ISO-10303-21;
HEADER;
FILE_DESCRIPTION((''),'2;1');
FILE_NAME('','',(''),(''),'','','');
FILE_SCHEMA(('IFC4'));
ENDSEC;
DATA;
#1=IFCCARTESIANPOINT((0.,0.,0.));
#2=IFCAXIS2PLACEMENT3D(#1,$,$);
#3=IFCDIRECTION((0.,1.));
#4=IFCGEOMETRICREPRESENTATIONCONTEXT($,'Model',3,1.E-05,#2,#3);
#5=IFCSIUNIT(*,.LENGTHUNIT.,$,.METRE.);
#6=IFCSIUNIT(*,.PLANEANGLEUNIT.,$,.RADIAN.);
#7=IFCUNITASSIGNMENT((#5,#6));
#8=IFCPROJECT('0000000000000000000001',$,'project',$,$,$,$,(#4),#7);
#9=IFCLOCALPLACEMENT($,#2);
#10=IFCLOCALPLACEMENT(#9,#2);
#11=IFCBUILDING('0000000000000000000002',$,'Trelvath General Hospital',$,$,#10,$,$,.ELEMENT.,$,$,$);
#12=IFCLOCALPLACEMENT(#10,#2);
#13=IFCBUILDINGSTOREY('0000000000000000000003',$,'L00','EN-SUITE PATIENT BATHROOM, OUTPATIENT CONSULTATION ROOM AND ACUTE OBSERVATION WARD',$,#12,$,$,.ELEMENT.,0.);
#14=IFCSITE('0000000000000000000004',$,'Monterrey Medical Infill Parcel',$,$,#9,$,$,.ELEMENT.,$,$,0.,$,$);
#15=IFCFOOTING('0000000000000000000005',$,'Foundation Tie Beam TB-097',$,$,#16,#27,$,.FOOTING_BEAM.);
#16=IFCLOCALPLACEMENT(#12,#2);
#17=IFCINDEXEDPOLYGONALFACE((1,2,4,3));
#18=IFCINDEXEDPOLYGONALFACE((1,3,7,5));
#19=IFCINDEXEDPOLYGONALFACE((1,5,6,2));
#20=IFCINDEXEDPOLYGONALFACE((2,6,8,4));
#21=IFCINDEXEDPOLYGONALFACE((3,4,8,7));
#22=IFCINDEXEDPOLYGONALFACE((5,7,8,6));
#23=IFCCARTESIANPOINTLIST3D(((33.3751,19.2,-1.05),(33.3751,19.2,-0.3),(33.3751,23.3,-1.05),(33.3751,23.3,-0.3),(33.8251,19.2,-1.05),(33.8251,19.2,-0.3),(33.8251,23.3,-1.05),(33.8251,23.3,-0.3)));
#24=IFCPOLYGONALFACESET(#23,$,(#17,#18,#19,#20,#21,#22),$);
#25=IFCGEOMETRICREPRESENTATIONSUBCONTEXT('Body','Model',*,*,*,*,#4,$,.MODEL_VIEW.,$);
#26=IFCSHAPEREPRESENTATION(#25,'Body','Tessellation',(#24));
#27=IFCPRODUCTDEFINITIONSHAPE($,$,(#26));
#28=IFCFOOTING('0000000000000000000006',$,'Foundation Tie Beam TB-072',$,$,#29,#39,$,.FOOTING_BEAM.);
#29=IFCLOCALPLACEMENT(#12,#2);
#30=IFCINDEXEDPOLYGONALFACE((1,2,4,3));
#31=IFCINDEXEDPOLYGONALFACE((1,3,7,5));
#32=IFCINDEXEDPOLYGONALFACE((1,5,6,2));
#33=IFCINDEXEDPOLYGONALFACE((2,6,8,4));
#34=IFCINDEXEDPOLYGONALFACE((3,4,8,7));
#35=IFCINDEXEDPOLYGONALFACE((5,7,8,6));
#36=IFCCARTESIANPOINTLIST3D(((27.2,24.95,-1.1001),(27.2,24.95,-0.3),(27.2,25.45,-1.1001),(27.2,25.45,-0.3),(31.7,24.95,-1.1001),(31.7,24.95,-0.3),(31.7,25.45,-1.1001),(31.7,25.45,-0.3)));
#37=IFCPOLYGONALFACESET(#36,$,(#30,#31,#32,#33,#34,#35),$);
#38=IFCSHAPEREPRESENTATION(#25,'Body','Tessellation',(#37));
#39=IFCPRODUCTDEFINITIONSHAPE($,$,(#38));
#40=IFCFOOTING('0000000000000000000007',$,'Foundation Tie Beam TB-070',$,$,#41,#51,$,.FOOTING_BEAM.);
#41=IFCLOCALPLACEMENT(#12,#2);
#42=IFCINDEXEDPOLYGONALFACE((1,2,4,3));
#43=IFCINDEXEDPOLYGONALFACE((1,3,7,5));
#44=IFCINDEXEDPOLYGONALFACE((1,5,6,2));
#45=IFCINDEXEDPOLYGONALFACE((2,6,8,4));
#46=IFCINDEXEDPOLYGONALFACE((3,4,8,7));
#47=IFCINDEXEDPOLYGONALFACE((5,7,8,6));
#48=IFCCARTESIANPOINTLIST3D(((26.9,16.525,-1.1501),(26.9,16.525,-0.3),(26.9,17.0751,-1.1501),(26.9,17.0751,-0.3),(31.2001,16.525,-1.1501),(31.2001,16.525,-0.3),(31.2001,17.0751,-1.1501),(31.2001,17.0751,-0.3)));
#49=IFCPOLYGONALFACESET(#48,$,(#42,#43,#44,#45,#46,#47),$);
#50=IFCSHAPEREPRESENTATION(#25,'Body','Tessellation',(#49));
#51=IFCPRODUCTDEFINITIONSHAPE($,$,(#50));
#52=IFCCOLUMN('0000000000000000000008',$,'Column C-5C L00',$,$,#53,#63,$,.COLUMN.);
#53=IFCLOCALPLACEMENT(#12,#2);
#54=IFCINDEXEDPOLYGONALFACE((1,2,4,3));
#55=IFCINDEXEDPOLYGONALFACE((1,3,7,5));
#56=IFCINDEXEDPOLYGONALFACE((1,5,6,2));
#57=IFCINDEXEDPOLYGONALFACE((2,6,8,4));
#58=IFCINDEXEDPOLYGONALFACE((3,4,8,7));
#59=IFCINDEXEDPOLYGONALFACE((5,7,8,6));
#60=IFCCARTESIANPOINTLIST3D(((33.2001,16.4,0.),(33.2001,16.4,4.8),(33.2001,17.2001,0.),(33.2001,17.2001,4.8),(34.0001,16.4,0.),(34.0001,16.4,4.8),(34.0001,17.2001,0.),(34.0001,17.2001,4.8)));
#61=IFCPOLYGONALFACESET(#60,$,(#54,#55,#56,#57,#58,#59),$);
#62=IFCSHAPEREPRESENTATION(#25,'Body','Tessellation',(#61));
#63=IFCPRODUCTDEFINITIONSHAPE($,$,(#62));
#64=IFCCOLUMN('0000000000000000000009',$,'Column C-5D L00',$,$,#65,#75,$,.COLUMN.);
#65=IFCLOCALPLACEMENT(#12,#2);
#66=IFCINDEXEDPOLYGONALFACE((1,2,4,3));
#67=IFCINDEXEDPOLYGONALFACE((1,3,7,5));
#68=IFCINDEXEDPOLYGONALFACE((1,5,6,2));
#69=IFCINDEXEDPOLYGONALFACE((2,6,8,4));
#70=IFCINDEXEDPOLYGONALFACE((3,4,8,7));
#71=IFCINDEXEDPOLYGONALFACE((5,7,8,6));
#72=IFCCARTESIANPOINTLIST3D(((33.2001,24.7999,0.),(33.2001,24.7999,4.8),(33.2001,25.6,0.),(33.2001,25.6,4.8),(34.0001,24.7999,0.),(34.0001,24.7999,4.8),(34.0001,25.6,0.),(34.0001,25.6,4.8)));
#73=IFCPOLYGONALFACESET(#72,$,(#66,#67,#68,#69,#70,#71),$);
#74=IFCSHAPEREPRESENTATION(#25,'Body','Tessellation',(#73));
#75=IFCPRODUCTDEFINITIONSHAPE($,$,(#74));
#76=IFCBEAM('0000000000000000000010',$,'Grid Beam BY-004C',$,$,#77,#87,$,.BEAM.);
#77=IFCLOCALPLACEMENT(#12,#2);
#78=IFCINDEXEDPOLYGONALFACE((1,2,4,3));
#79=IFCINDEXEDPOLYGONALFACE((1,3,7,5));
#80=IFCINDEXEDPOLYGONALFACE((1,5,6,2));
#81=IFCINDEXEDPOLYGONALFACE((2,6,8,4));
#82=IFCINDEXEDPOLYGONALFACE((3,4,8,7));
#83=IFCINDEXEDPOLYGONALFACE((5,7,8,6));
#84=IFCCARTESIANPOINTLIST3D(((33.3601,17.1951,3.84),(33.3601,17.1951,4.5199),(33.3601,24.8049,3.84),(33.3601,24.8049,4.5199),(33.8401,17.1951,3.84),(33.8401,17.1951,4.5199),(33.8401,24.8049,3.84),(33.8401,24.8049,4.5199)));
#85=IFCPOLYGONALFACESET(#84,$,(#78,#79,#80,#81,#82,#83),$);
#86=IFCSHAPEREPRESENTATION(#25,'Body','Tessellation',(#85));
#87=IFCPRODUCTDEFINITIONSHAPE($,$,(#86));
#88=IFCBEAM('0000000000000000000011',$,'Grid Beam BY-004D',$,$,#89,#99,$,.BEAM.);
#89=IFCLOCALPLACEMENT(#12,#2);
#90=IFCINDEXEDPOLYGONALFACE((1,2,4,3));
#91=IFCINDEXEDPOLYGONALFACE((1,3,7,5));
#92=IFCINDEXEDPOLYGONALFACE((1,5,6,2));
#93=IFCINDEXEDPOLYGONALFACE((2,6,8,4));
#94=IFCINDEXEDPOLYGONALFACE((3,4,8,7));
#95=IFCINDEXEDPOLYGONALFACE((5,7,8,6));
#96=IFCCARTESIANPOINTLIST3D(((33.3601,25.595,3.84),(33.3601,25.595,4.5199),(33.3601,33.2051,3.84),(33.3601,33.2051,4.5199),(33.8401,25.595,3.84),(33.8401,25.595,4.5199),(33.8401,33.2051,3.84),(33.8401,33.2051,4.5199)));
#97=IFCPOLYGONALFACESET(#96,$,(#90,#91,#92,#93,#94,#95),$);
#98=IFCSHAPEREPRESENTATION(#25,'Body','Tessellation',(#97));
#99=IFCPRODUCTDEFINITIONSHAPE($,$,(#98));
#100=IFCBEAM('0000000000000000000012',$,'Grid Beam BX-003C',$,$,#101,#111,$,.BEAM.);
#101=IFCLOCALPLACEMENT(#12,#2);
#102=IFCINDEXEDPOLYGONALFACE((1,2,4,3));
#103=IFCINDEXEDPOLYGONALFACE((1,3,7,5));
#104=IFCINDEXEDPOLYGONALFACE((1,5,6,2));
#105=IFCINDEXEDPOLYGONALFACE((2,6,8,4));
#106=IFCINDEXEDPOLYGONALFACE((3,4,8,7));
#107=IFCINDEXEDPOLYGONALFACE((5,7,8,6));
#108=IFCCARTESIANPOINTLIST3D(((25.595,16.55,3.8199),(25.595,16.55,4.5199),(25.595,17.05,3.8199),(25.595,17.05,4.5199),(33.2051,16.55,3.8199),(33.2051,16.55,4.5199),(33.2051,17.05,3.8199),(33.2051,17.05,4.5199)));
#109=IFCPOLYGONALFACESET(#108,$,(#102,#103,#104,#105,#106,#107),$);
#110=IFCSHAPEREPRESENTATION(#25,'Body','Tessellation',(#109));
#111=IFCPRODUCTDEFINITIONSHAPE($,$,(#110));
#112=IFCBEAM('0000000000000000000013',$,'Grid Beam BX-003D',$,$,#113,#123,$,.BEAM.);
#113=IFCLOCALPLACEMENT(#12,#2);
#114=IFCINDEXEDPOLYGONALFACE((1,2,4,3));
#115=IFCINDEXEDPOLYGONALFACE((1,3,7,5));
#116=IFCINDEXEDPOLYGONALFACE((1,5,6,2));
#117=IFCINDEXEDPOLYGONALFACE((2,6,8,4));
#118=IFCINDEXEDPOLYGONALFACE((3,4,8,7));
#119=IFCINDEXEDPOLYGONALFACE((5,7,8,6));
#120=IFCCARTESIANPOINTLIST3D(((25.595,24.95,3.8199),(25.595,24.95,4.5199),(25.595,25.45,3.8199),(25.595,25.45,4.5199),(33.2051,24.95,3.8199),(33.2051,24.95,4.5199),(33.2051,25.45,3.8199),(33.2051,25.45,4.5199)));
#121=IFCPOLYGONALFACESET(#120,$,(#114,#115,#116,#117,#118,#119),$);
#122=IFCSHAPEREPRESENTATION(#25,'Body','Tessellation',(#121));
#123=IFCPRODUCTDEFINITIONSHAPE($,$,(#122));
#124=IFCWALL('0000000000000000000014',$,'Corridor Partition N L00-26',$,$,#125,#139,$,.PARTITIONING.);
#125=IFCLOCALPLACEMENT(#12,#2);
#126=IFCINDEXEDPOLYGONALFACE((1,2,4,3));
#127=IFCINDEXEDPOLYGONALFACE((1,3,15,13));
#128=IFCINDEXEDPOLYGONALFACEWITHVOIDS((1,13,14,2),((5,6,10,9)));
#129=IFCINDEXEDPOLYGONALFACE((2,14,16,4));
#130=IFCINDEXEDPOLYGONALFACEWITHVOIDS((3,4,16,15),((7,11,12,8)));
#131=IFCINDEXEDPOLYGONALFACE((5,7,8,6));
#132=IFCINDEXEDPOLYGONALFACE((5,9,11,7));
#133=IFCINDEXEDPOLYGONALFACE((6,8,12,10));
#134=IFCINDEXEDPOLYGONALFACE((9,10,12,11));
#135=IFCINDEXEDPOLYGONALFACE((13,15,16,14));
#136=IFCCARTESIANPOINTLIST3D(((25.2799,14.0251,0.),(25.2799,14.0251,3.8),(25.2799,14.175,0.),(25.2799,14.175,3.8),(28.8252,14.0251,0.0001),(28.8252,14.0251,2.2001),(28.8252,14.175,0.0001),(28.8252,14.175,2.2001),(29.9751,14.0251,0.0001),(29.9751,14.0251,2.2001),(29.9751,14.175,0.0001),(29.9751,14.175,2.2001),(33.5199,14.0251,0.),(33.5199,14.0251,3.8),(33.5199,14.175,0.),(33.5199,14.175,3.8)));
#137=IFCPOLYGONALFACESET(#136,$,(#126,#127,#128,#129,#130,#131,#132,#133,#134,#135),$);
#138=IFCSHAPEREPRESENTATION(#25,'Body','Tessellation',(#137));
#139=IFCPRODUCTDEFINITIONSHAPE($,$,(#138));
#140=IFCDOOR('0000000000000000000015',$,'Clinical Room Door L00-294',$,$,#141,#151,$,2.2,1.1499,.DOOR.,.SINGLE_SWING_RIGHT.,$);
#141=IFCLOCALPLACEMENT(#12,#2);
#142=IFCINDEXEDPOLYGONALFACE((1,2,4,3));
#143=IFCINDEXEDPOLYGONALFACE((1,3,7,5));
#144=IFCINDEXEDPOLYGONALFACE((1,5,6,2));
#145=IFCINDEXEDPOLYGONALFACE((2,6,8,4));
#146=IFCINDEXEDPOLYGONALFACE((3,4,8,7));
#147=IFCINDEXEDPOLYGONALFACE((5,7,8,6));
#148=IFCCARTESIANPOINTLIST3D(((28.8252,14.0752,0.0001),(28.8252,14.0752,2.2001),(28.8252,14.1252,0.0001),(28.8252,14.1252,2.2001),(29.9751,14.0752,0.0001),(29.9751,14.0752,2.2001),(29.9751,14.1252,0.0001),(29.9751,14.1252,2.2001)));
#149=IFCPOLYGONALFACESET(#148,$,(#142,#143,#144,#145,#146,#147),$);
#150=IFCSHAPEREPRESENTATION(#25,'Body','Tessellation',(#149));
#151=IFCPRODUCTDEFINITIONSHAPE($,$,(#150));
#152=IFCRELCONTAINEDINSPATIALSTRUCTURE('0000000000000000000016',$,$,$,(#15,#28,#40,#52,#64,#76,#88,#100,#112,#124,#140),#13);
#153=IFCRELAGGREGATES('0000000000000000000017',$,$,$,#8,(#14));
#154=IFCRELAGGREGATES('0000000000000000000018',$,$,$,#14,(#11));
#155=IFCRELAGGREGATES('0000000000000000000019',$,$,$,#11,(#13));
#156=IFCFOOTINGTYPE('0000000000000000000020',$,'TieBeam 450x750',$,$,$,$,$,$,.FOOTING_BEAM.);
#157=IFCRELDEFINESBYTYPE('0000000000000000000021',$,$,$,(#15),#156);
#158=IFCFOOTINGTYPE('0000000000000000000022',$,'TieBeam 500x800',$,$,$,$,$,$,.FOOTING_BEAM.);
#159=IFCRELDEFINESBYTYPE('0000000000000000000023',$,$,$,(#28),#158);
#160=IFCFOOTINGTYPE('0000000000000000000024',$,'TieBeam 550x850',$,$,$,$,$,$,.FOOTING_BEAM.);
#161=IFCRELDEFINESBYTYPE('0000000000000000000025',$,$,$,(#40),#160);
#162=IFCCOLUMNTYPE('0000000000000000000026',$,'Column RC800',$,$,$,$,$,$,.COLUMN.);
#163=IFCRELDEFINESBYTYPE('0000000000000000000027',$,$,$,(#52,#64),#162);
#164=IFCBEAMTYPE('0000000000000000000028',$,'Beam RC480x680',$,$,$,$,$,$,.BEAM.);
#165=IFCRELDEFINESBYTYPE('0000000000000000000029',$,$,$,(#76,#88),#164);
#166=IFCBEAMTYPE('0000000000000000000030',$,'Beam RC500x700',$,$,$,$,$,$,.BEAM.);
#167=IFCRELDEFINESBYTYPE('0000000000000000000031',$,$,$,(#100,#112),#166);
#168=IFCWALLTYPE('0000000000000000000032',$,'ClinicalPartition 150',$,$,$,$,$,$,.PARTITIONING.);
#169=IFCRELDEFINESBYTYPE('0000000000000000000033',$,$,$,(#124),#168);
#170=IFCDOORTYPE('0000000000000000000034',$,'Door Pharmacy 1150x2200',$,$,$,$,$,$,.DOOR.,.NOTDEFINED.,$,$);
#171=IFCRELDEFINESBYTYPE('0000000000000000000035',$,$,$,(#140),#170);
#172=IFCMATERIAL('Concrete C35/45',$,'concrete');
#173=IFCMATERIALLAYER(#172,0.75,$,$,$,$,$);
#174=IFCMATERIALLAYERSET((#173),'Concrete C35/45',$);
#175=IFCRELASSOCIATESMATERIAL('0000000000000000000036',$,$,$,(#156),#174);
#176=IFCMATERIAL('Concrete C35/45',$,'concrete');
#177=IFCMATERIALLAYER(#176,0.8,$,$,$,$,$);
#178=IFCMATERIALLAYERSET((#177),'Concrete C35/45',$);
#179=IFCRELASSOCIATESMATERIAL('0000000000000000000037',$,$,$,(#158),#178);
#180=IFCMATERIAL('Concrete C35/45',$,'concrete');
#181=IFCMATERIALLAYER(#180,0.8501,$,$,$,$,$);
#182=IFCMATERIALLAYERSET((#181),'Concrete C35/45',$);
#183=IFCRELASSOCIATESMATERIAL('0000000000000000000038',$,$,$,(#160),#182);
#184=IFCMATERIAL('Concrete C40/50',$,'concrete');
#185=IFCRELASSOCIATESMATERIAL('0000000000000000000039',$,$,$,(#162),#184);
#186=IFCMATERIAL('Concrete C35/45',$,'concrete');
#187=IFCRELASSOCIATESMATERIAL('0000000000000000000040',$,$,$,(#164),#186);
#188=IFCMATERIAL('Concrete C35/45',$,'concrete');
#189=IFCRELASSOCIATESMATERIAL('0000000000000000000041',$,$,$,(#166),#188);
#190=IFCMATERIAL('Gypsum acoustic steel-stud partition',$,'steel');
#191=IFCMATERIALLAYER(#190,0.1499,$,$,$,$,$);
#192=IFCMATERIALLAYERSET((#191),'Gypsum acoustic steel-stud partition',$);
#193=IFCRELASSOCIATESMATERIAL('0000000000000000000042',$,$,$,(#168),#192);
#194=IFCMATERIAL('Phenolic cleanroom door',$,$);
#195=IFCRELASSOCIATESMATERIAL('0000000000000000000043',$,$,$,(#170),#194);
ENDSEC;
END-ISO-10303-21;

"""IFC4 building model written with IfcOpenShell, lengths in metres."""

from ifc_helpers import new_model, si_unit, direction, frame, frame_2d, origin, origin_2d, place, context, subcontext, project, spatial, rectangle, extrude, material, layer, layer_set, material_profile, profile_set, type_object, element, fill, save


model = new_model("IFC4")

# Units and contexts
model_context = context("Model", 3, precision=1e-05, world=origin(), true_north=direction((0.0, 1.0)))
body_context = subcontext(model_context, "Body", "Model", "MODEL_VIEW")
ifc_project = project(units=[si_unit("LENGTHUNIT", "METRE"), si_unit("PLANEANGLEUNIT", "RADIAN")], contexts=[model_context])

# Site, building, storey
site_placement = place(None, origin())
site = spatial("IfcSite", under=ifc_project, at=site_placement, Name="Monterrey Medical Infill Parcel", CompositionType="ELEMENT", RefElevation=0.0)
building_placement = place(site_placement, origin())
building = spatial("IfcBuilding", under=site, at=building_placement, Name="Trelvath General Hospital", CompositionType="ELEMENT")
storey_placement = place(building_placement, origin())
storey = spatial("IfcBuildingStorey", under=building, at=storey_placement, Name="L00", Description="EN-SUITE PATIENT BATHROOM, OUTPATIENT CONSULTATION ROOM AND ACUTE OBSERVATION WARD", CompositionType="ELEMENT", Elevation=0.0)

# Footings
ifc_material_1 = material(Name="Concrete C35/45", Category="concrete")
ifc_layer_1 = layer(ifc_material_1, 0.75)
ifc_layer_set_1 = layer_set([ifc_layer_1], Name="Concrete C35/45")
footing_type_1 = type_object("IfcFootingType", Name="TieBeam 450x750", PredefinedType="FOOTING_BEAM", material=ifc_layer_set_1)
footing_1_placement = place(storey_placement, frame((33.6001, 21.25, -1.05), z_axis=(0.0, 0.0, 1.0), x_axis=(1.0, 0.0, 0.0)))
element("IfcFooting", 1, at=footing_1_placement, inside=storey, type_object=footing_type_1, Name="Foundation Tie Beam TB-097", PredefinedType="FOOTING_BEAM", context=body_context, shape_type="SweptSolid", body=[
    extrude(rectangle(XDim=0.45, YDim=4.1001, at=origin_2d()), origin(), (0.0, 0.0, 1.0), 0.75),
])
ifc_material_2 = material(Name="Concrete C35/45", Category="concrete")
ifc_layer_2 = layer(ifc_material_2, 0.8)
ifc_layer_set_2 = layer_set([ifc_layer_2], Name="Concrete C35/45")
footing_type_2 = type_object("IfcFootingType", Name="TieBeam 500x800", PredefinedType="FOOTING_BEAM", material=ifc_layer_set_2)
footing_2_placement = place(storey_placement, frame((29.45, 25.2, -1.1001), z_axis=(0.0, 0.0, 1.0), x_axis=(1.0, 0.0, 0.0)))
element("IfcFooting", 2, at=footing_2_placement, inside=storey, type_object=footing_type_2, Name="Foundation Tie Beam TB-072", PredefinedType="FOOTING_BEAM", context=body_context, shape_type="SweptSolid", body=[
    extrude(rectangle(XDim=4.5, YDim=0.5, at=origin_2d()), origin(), (0.0, 0.0, 1.0), 0.8),
])
ifc_material_3 = material(Name="Concrete C35/45", Category="concrete")
ifc_layer_3 = layer(ifc_material_3, 0.8501)
ifc_layer_set_3 = layer_set([ifc_layer_3], Name="Concrete C35/45")
footing_type_3 = type_object("IfcFootingType", Name="TieBeam 550x850", PredefinedType="FOOTING_BEAM", material=ifc_layer_set_3)
footing_3_placement = place(storey_placement, frame((29.05, 16.8, -1.1501), z_axis=(0.0, 0.0, 1.0), x_axis=(1.0, 0.0, 0.0)))
element("IfcFooting", 3, at=footing_3_placement, inside=storey, type_object=footing_type_3, Name="Foundation Tie Beam TB-070", PredefinedType="FOOTING_BEAM", context=body_context, shape_type="SweptSolid", body=[
    extrude(rectangle(XDim=4.3, YDim=0.55, at=origin_2d()), origin(), (0.0, 0.0, 1.0), 0.8501),
])

# Columns
ifc_material_4 = material(Name="Concrete C40/50", Category="concrete")
ifc_material_profile_1 = material_profile(ifc_material_4, rectangle(XDim=0.8, YDim=0.8, at=origin_2d()), Name="RC800x800")
ifc_profile_set_1 = profile_set([ifc_material_profile_1], Name="Concrete C40/50")
column_type = type_object("IfcColumnType", Name="Column RC800", PredefinedType="COLUMN", material=ifc_profile_set_1)
for number, where, z_axis, x_axis, name in (
    (4, (33.6001, 16.8, 0.0), (0.0, 0.0, 1.0), (1.0, 0.0, 0.0), "Column C-5C L00"),
    (5, (33.6001, 25.2, 0.0), (0.0, 0.0, 1.0), (1.0, 0.0, 0.0), "Column C-5D L00"),
):
    element("IfcColumn", number, at=place(storey_placement, frame(where, z_axis=z_axis, x_axis=x_axis)), inside=storey, type_object=column_type, Name=name, PredefinedType="COLUMN", context=body_context, shape_type="SweptSolid", body=[
        extrude(rectangle(XDim=0.8, YDim=0.8, at=origin_2d()), origin(), (0.0, 0.0, 1.0), 4.8),
    ])

# Beams
ifc_material_5 = material(Name="Concrete C35/45", Category="concrete")
ifc_material_profile_2 = material_profile(ifc_material_5, rectangle(XDim=0.48, YDim=0.6799, at=origin_2d()), Name="RCB480x680")
ifc_profile_set_2 = profile_set([ifc_material_profile_2], Name="Concrete C35/45")
beam_type_1 = type_object("IfcBeamType", Name="Beam RC480x680", PredefinedType="BEAM", material=ifc_profile_set_2)
beam_1_placement = place(storey_placement, frame((33.6001, 17.1951, 4.1799), z_axis=(0.0, 1.0, 0.0), x_axis=(-1.0, 0.0, 0.0)))
element("IfcBeam", 6, at=beam_1_placement, inside=storey, type_object=beam_type_1, Name="Grid Beam BY-004C", PredefinedType="BEAM", context=body_context, shape_type="SweptSolid", body=[
    extrude(rectangle(XDim=0.48, YDim=0.6799, at=origin_2d()), origin(), (0.0, 0.0, 1.0), 7.6099),
])
beam_2_placement = place(storey_placement, frame((33.6001, 25.595, 4.1799), z_axis=(0.0, 1.0, 0.0), x_axis=(-1.0, 0.0, 0.0)))
element("IfcBeam", 7, at=beam_2_placement, inside=storey, type_object=beam_type_1, Name="Grid Beam BY-004D", PredefinedType="BEAM", context=body_context, shape_type="SweptSolid", body=[
    extrude(rectangle(XDim=0.48, YDim=0.6799, at=origin_2d()), origin(), (0.0, 0.0, 1.0), 7.6101),
])
ifc_material_6 = material(Name="Concrete C35/45", Category="concrete")
ifc_material_profile_3 = material_profile(ifc_material_6, rectangle(XDim=0.5, YDim=0.7, at=origin_2d()), Name="RCB500x700")
ifc_profile_set_3 = profile_set([ifc_material_profile_3], Name="Concrete C35/45")
beam_type_2 = type_object("IfcBeamType", Name="Beam RC500x700", PredefinedType="BEAM", material=ifc_profile_set_3)
for number, where, z_axis, x_axis, name in (
    (8, (25.595, 16.8, 4.1699), (1.0, 0.0, 0.0), (0.0, 1.0, 0.0), "Grid Beam BX-003C"),
    (9, (25.595, 25.2, 4.1699), (1.0, 0.0, 0.0), (0.0, 1.0, 0.0), "Grid Beam BX-003D"),
):
    element("IfcBeam", number, at=place(storey_placement, frame(where, z_axis=z_axis, x_axis=x_axis)), inside=storey, type_object=beam_type_2, Name=name, PredefinedType="BEAM", context=body_context, shape_type="SweptSolid", body=[
        extrude(rectangle(XDim=0.5, YDim=0.7, at=origin_2d()), origin(), (0.0, 0.0, 1.0), 7.6101),
    ])

# Wall, opening, door
ifc_material_7 = material(Name="Gypsum acoustic steel-stud partition", Category="steel")
ifc_layer_4 = layer(ifc_material_7, 0.1499)
ifc_layer_set_4 = layer_set([ifc_layer_4], Name="Gypsum acoustic steel-stud partition")
wall_type_1 = type_object("IfcWallType", Name="ClinicalPartition 150", PredefinedType="PARTITIONING", material=ifc_layer_set_4)
wall_1_placement = place(storey_placement, frame((33.52, 14.1001, 0.0), z_axis=(0.0, 0.0, 1.0), x_axis=(-1.0, 0.0, 0.0)))
wall_1 = element("IfcWall", 10, at=wall_1_placement, inside=storey, type_object=wall_type_1, Name="Corridor Partition N L00-26", PredefinedType="PARTITIONING", context=body_context, shape_type="SweptSolid", body=[
    extrude(rectangle(XDim=8.24, YDim=0.1499, at=frame_2d((4.1201, 0.0))), origin(), (0.0, 0.0, 1.0), 3.8),
])
opening_1_placement = place(wall_1_placement, frame((3.5449, 0.0, 0.0)))
opening_1 = element("IfcOpeningElement", 11, at=opening_1_placement, cuts=wall_1, PredefinedType="OPENING", context=body_context, shape_type="SweptSolid", body=[
    extrude(rectangle(XDim=1.1499, YDim=2.2, at=frame_2d((0.575, 1.1001))), frame((0.0, 0.085, 0.0), z_axis=(0.0, -1.0, 0.0), x_axis=(1.0, 0.0, 0.0)), (0.0, 0.0, 1.0), 0.1699),
])
ifc_material_8 = material(Name="Phenolic cleanroom door")
door_type_1 = type_object("IfcDoorType", Name="Door Pharmacy 1150x2200", OperationType="NOTDEFINED", PredefinedType="DOOR", material=ifc_material_8)
door_1_placement = place(opening_1_placement, origin())
door_1 = element("IfcDoor", 12, at=door_1_placement, inside=storey, type_object=door_type_1, Name="Clinical Room Door L00-294", OperationType="SINGLE_SWING_RIGHT", OverallHeight=2.2, OverallWidth=1.1499, PredefinedType="DOOR", context=body_context, shape_type="SweptSolid", body=[
    extrude(rectangle(XDim=1.1499, YDim=2.2, at=frame_2d((0.575, 1.1001))), frame((0.0, 0.0249, 0.0), z_axis=(0.0, -1.0, 0.0), x_axis=(1.0, 0.0, 0.0)), (0.0, 0.0, 1.0), 0.05),
])
fill(opening_1, door_1)

save(model, "model.ifc")
